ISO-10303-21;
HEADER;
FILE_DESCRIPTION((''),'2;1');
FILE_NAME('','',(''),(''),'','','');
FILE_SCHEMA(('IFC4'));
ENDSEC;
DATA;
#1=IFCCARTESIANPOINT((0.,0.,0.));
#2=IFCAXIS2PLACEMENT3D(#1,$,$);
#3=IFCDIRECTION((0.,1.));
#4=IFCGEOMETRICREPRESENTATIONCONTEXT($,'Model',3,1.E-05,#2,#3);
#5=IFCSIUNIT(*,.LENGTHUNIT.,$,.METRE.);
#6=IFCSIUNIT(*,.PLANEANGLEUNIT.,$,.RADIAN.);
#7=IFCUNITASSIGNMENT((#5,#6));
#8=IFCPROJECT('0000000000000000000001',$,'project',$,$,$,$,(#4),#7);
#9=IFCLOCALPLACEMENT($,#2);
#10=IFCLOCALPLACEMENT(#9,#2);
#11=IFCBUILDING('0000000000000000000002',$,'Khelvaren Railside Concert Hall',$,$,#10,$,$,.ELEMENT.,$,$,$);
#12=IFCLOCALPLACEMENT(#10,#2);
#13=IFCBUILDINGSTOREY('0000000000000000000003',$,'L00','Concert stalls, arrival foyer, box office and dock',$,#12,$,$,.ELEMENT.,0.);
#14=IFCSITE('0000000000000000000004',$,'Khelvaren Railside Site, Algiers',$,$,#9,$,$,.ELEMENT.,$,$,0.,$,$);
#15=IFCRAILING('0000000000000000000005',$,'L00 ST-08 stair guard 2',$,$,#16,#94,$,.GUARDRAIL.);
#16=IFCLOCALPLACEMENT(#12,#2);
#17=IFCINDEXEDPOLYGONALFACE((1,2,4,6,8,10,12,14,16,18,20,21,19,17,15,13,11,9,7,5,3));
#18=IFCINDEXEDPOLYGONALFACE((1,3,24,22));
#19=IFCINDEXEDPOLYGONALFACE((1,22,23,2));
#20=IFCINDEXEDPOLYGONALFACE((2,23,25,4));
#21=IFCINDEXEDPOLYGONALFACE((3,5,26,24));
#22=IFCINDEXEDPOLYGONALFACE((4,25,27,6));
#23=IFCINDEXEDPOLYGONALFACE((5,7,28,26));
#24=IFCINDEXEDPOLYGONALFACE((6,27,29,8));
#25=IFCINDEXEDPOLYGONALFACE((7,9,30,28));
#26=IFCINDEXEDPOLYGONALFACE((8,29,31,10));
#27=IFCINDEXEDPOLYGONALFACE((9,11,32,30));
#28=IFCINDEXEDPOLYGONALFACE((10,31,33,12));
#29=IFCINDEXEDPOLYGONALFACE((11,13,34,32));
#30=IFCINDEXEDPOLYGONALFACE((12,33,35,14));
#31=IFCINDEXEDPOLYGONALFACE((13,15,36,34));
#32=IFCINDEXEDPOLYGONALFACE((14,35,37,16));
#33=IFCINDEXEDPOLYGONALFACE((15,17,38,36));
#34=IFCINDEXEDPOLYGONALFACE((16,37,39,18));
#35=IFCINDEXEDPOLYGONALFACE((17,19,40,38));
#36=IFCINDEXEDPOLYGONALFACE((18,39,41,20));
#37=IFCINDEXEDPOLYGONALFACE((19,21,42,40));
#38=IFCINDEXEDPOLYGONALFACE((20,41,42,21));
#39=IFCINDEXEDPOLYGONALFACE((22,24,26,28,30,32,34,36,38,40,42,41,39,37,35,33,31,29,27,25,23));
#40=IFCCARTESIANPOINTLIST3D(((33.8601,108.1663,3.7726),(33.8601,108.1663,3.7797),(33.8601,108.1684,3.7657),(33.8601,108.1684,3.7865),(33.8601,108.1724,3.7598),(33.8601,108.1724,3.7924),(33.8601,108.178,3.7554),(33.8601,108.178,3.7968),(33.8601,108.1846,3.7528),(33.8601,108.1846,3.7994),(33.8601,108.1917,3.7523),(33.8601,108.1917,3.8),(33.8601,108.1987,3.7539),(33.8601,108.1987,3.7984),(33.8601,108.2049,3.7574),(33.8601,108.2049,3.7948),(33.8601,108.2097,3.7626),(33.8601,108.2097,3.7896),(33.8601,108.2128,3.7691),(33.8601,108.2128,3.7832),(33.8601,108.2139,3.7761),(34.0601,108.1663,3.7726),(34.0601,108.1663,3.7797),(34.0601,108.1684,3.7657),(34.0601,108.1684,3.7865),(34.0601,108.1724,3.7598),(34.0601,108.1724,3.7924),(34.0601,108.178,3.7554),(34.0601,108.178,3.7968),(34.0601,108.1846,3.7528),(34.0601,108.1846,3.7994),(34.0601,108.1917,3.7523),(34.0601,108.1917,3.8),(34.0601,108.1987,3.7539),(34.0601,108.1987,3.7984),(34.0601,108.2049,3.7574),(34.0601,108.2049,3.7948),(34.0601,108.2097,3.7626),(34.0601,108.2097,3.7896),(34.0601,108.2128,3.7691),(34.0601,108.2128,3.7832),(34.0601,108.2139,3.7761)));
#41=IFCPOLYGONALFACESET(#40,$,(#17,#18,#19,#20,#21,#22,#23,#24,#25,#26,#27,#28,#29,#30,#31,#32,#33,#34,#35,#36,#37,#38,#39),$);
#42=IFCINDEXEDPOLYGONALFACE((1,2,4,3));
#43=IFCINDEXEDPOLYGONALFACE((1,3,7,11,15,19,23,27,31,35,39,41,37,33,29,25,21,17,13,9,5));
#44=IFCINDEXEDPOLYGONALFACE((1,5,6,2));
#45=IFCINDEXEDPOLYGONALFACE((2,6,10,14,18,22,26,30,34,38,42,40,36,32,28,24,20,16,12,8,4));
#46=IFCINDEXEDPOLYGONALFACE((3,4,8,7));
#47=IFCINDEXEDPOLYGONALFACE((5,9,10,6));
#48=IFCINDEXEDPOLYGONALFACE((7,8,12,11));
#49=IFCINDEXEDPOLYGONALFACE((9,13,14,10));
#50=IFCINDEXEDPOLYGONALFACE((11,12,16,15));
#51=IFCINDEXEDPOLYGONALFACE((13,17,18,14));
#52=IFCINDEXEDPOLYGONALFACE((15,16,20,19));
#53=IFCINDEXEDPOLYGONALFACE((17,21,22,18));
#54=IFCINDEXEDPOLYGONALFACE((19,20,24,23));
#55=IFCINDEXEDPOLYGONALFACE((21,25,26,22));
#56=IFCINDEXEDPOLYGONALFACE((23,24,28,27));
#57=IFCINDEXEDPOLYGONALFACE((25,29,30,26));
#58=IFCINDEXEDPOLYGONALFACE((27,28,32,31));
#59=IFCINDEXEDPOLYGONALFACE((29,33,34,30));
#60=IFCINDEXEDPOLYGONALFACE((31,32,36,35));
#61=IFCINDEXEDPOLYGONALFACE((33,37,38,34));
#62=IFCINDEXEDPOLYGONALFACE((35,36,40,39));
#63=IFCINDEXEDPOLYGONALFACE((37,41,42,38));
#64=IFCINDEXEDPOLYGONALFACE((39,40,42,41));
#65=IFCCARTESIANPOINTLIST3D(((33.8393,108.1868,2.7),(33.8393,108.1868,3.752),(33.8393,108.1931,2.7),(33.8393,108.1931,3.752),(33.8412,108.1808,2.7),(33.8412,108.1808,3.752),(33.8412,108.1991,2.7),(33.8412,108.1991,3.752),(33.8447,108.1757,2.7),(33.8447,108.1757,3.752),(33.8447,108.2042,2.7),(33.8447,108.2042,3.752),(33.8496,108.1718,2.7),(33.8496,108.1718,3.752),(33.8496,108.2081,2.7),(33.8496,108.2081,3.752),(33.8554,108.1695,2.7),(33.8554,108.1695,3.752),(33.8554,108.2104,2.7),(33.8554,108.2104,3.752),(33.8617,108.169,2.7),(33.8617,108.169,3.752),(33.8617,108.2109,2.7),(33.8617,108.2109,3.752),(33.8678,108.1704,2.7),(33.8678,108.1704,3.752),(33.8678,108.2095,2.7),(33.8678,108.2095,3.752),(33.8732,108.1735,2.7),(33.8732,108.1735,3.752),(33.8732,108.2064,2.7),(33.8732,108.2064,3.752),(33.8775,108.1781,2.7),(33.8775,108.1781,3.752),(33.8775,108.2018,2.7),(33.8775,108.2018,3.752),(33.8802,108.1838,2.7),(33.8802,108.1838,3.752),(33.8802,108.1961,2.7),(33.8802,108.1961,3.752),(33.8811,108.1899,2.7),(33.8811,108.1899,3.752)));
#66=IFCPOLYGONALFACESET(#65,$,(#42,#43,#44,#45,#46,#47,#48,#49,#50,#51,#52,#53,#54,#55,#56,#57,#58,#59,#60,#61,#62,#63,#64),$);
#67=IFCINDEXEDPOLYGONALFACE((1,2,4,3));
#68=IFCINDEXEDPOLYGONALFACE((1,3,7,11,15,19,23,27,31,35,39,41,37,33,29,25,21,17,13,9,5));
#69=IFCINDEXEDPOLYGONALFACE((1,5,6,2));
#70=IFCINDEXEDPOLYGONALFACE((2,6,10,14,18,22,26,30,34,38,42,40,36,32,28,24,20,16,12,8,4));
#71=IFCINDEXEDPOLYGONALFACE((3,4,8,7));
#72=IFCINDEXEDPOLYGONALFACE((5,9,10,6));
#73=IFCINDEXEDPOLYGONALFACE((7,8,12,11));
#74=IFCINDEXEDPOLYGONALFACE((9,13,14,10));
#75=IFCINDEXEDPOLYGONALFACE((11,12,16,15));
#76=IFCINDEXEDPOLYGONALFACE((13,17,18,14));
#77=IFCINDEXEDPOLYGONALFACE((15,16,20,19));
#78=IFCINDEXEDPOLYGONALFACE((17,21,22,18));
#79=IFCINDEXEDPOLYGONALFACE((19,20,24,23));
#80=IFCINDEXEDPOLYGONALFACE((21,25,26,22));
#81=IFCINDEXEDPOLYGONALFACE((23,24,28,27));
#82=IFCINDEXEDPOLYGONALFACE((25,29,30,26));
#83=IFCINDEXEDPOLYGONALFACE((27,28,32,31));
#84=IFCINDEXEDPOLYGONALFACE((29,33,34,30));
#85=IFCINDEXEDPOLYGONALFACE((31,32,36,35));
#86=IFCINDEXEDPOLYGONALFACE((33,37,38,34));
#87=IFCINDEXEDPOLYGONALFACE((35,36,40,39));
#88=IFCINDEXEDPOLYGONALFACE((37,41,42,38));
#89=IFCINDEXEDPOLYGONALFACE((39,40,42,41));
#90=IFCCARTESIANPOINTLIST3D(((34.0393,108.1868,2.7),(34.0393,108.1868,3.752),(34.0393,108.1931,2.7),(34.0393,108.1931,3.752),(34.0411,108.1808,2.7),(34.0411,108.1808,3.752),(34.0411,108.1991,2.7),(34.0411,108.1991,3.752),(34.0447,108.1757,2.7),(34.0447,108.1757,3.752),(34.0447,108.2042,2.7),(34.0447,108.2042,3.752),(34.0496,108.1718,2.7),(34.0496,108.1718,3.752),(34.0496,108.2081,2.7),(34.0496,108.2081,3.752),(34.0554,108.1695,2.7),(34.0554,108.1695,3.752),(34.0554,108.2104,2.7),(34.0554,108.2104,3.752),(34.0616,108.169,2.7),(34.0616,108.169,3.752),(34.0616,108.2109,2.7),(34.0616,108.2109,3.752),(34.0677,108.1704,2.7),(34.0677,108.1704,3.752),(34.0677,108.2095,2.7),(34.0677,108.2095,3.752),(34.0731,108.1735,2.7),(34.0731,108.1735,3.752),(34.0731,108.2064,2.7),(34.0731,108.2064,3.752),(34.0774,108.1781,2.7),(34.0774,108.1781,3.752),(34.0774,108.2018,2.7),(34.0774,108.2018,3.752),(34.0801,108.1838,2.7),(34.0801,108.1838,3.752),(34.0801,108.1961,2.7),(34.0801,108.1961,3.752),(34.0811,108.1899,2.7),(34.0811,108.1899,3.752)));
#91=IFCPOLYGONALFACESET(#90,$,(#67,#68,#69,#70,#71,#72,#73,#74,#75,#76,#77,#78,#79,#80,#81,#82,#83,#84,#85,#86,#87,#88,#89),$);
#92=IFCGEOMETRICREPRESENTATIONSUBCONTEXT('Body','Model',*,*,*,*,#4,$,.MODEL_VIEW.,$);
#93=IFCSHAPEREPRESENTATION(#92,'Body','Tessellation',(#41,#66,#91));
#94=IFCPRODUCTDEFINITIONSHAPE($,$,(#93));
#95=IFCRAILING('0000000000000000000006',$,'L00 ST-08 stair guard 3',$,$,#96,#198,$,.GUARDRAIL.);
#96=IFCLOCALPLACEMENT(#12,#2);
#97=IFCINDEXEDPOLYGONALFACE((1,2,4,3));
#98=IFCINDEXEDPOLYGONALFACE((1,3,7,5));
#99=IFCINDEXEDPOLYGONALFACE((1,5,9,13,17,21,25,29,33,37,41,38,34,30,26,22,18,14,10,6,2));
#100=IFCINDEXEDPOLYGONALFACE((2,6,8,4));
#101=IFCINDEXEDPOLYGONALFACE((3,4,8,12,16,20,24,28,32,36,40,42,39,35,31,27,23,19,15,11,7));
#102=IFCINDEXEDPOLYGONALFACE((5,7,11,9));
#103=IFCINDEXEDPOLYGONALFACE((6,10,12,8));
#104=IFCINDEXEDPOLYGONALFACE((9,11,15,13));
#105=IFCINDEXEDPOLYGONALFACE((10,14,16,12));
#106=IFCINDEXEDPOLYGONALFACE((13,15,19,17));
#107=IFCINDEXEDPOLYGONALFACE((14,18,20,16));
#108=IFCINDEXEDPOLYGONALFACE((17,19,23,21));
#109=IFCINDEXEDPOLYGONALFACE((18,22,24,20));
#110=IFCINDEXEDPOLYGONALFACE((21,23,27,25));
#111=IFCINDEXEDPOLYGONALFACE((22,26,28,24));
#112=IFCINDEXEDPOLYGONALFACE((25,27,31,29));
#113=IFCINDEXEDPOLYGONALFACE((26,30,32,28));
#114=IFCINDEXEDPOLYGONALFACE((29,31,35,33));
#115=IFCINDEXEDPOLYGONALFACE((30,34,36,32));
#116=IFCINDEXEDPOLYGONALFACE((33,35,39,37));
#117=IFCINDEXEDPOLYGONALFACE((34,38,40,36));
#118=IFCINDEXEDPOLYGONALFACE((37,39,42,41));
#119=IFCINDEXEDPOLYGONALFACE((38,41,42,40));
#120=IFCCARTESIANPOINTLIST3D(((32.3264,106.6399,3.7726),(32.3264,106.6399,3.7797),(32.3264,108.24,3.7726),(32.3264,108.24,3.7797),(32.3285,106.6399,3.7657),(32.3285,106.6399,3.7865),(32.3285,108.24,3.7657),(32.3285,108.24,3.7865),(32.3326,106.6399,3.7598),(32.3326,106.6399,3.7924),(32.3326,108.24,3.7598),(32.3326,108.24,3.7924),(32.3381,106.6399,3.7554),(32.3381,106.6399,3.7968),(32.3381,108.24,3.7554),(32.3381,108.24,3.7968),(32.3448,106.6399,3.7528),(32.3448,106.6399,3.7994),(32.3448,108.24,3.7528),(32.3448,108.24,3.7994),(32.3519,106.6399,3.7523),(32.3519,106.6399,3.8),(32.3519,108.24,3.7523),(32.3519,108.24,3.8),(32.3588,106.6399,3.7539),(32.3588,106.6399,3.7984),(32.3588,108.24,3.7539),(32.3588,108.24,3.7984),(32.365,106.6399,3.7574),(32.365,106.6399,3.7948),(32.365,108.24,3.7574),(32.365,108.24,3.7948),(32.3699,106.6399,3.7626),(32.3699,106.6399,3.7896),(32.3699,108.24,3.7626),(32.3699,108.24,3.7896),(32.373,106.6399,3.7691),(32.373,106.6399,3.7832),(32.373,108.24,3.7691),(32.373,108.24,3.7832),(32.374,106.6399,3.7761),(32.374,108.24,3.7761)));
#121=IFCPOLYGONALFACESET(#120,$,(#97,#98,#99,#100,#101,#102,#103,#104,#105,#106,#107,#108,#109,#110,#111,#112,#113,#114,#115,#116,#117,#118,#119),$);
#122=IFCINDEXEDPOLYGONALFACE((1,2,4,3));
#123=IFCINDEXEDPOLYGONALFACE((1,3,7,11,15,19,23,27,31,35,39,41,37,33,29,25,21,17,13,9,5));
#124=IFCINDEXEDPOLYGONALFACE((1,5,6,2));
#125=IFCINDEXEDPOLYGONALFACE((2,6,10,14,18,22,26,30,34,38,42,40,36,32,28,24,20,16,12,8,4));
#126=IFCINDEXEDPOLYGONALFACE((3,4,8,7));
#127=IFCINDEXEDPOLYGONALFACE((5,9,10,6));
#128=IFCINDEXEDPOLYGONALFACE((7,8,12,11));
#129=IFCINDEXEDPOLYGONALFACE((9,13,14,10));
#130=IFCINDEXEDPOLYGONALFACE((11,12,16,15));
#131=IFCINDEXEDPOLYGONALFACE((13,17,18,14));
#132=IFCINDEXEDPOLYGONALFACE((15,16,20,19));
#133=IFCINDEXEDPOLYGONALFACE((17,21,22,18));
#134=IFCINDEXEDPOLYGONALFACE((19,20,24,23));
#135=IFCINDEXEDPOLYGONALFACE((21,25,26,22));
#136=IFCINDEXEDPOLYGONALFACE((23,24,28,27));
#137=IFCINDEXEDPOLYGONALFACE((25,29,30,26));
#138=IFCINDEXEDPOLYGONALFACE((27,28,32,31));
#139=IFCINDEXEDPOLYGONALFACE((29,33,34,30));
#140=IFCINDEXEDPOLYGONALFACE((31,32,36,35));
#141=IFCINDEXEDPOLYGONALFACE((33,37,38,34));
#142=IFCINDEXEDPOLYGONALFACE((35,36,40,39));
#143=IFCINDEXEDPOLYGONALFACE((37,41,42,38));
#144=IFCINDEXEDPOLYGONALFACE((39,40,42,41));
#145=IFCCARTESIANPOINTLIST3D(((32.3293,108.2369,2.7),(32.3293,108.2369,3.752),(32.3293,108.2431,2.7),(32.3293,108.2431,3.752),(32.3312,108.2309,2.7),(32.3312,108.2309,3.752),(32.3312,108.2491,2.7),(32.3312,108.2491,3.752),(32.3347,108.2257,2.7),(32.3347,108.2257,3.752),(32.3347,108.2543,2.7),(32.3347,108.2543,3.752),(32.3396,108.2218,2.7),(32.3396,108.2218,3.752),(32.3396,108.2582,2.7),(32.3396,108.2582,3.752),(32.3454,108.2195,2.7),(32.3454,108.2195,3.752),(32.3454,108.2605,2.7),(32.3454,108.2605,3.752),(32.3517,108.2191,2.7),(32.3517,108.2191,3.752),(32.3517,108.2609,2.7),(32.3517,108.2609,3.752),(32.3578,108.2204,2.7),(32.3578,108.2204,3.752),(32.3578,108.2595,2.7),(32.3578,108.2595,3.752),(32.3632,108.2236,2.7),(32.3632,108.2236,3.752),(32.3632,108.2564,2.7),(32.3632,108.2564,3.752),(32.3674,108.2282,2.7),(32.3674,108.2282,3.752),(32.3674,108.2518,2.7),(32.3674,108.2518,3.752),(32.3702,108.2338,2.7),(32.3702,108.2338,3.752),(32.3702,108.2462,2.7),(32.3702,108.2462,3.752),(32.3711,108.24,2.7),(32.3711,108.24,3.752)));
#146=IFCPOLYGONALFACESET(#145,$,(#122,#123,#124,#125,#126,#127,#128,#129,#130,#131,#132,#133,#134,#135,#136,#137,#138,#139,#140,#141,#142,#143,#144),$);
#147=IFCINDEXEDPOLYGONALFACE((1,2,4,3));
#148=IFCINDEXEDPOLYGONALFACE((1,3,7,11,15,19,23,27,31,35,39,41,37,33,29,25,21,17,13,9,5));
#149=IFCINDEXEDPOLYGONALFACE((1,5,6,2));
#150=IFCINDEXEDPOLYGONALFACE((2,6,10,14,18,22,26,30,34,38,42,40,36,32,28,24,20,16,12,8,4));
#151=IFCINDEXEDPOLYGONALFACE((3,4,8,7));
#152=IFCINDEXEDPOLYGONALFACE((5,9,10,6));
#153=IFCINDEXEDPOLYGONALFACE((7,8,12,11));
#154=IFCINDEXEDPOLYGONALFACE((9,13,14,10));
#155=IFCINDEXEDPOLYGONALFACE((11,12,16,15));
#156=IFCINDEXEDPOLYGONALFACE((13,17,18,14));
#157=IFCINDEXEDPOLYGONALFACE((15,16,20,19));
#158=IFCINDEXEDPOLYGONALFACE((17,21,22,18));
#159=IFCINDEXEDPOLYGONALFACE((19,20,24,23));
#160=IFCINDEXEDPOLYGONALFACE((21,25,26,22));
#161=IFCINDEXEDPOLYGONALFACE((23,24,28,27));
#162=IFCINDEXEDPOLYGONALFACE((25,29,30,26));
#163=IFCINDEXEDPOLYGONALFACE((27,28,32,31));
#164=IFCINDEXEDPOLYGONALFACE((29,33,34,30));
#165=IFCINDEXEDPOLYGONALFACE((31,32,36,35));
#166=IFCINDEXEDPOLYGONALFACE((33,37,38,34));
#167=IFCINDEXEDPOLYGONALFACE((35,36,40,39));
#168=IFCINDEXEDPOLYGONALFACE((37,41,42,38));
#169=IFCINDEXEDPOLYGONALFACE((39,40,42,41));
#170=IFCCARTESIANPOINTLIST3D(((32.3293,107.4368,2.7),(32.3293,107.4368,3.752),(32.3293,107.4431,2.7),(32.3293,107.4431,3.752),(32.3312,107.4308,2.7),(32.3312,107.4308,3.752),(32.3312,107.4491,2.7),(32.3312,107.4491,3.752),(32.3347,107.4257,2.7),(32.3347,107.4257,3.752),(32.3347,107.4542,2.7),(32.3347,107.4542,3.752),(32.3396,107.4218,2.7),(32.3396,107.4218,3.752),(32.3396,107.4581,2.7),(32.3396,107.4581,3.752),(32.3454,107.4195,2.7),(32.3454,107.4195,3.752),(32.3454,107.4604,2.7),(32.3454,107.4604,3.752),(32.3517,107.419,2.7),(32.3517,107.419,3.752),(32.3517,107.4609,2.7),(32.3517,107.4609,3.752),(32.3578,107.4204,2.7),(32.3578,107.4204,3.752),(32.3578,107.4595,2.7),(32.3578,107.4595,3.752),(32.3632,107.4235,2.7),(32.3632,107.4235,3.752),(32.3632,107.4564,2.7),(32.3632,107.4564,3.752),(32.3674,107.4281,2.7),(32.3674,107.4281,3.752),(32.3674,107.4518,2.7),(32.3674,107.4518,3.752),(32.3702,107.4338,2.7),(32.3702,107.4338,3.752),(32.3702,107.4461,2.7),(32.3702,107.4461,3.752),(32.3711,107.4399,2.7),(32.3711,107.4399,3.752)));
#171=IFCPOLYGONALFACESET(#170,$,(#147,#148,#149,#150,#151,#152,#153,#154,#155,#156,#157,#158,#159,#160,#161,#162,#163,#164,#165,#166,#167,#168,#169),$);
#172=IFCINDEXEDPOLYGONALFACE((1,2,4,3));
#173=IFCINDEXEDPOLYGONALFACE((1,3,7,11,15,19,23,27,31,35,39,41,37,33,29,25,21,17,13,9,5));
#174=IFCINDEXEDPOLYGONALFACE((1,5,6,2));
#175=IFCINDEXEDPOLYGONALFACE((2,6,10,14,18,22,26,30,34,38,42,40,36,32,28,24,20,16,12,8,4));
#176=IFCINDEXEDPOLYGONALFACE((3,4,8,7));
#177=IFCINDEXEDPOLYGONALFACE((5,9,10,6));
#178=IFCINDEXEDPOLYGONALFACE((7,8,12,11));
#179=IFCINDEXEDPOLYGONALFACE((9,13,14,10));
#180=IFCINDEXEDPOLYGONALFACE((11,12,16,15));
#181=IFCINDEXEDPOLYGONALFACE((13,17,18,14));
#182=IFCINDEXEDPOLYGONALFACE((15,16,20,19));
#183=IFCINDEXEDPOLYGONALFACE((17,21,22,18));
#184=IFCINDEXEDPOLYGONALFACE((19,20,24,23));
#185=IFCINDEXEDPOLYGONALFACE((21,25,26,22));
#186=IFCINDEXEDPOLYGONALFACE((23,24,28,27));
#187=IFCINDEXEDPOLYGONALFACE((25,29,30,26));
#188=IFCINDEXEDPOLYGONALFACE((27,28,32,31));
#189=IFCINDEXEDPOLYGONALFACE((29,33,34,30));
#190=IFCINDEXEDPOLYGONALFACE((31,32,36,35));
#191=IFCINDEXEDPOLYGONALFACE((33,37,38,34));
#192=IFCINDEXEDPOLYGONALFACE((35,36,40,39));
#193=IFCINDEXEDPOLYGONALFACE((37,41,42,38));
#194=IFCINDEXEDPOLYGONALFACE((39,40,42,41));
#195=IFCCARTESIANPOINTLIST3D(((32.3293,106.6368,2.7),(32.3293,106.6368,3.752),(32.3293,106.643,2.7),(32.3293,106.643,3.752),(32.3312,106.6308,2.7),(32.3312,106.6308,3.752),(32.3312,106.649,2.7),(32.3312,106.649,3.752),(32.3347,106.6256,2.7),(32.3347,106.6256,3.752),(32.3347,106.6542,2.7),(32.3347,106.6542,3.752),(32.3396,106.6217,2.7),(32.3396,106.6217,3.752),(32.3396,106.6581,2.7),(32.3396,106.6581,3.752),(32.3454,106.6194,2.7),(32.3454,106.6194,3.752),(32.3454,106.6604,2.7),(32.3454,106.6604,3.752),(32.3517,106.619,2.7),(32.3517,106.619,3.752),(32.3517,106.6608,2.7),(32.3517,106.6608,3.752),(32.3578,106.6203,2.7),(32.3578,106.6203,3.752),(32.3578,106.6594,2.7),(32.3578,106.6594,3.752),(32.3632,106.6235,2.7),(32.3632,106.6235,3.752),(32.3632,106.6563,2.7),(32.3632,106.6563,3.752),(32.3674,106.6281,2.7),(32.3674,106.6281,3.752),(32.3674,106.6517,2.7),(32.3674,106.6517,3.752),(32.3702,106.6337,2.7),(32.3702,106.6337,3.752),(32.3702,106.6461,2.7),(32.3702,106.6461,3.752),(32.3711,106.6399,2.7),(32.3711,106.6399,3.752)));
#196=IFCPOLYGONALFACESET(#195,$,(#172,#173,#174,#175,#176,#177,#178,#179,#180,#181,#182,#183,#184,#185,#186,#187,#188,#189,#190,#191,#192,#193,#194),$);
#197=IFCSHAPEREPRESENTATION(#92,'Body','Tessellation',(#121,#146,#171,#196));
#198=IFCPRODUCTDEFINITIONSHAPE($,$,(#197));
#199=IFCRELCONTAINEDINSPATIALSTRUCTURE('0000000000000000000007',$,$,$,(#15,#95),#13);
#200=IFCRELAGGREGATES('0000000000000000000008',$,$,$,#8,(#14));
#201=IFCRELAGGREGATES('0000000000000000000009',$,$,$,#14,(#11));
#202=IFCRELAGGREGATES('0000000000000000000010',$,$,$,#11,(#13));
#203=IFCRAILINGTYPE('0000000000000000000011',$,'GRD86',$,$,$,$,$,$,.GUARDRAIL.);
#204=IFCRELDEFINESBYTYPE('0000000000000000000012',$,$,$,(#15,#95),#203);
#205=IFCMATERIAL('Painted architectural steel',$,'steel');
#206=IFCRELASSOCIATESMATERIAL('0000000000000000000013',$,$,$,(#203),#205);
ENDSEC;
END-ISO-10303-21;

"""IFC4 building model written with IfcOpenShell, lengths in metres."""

from ifc_helpers import new_model, si_unit, direction, frame, origin, origin_2d, place, context, subcontext, project, spatial, circle, extrude, material, type_object, element, save


model = new_model("IFC4")

# Units and contexts
model_context = context("Model", 3, precision=1e-05, world=origin(), true_north=direction((0.0, 1.0)))
body_context = subcontext(model_context, "Body", "Model", "MODEL_VIEW")
ifc_project = project(units=[si_unit("LENGTHUNIT", "METRE"), si_unit("PLANEANGLEUNIT", "RADIAN")], contexts=[model_context])

# Site, building, storey
site_placement = place(None, origin())
site = spatial("IfcSite", under=ifc_project, at=site_placement, Name="Khelvaren Railside Site, Algiers", CompositionType="ELEMENT", RefElevation=0.0)
building_placement = place(site_placement, origin())
building = spatial("IfcBuilding", under=site, at=building_placement, Name="Khelvaren Railside Concert Hall", CompositionType="ELEMENT")
storey_placement = place(building_placement, origin())
storey = spatial("IfcBuildingStorey", under=building, at=storey_placement, Name="L00", Description="Concert stalls, arrival foyer, box office and dock", CompositionType="ELEMENT", Elevation=0.0)

# Railings
ifc_material_1 = material(Name="Painted architectural steel", Category="steel")
railing_type_1 = type_object("IfcRailingType", Name="GRD86", PredefinedType="GUARDRAIL", material=ifc_material_1)
railing_1_placement = place(storey_placement, frame((33.8601, 108.1899, 2.7)))
element("IfcRailing", 1, at=railing_1_placement, inside=storey, type_object=railing_type_1, Name="L00 ST-08 stair guard 2", PredefinedType="GUARDRAIL", context=body_context, shape_type="SweptSolid", body=[
    extrude(circle(Radius=0.0239, at=origin_2d()), frame((0.0, 0.0, 1.0762), z_axis=(1.0, 0.0, 0.0), x_axis=(0.0, 1.0, 0.0)), (0.0, 0.0, 1.0), 0.2),
    extrude(circle(Radius=0.021, at=origin_2d()), origin(), (0.0, 0.0, 1.0), 1.052),
    extrude(circle(Radius=0.021, at=origin_2d()), frame((0.2, 0.0, 0.0)), (0.0, 0.0, 1.0), 1.052),
])
for number, where, name in (
    (2, (32.3501, 108.24, 2.7), "L00 ST-08 stair guard 3"),
):
    element("IfcRailing", number, at=place(storey_placement, frame(where)), inside=storey, type_object=railing_type_1, Name=name, PredefinedType="GUARDRAIL", context=body_context, shape_type="SweptSolid", body=[
        extrude(circle(Radius=0.0239, at=origin_2d()), frame((0.0, 0.0, 1.0762), z_axis=(0.0, -1.0, 0.0), x_axis=(1.0, 0.0, 0.0)), (0.0, 0.0, 1.0), 1.6001),
        extrude(circle(Radius=0.021, at=origin_2d()), origin(), (0.0, 0.0, 1.0), 1.052),
        extrude(circle(Radius=0.021, at=origin_2d()), frame((0.0, -0.8, 0.0)), (0.0, 0.0, 1.0), 1.052),
        extrude(circle(Radius=0.021, at=origin_2d()), frame((0.0, -1.6001, 0.0)), (0.0, 0.0, 1.0), 1.052),
    ])

save(model, "model.ifc")
